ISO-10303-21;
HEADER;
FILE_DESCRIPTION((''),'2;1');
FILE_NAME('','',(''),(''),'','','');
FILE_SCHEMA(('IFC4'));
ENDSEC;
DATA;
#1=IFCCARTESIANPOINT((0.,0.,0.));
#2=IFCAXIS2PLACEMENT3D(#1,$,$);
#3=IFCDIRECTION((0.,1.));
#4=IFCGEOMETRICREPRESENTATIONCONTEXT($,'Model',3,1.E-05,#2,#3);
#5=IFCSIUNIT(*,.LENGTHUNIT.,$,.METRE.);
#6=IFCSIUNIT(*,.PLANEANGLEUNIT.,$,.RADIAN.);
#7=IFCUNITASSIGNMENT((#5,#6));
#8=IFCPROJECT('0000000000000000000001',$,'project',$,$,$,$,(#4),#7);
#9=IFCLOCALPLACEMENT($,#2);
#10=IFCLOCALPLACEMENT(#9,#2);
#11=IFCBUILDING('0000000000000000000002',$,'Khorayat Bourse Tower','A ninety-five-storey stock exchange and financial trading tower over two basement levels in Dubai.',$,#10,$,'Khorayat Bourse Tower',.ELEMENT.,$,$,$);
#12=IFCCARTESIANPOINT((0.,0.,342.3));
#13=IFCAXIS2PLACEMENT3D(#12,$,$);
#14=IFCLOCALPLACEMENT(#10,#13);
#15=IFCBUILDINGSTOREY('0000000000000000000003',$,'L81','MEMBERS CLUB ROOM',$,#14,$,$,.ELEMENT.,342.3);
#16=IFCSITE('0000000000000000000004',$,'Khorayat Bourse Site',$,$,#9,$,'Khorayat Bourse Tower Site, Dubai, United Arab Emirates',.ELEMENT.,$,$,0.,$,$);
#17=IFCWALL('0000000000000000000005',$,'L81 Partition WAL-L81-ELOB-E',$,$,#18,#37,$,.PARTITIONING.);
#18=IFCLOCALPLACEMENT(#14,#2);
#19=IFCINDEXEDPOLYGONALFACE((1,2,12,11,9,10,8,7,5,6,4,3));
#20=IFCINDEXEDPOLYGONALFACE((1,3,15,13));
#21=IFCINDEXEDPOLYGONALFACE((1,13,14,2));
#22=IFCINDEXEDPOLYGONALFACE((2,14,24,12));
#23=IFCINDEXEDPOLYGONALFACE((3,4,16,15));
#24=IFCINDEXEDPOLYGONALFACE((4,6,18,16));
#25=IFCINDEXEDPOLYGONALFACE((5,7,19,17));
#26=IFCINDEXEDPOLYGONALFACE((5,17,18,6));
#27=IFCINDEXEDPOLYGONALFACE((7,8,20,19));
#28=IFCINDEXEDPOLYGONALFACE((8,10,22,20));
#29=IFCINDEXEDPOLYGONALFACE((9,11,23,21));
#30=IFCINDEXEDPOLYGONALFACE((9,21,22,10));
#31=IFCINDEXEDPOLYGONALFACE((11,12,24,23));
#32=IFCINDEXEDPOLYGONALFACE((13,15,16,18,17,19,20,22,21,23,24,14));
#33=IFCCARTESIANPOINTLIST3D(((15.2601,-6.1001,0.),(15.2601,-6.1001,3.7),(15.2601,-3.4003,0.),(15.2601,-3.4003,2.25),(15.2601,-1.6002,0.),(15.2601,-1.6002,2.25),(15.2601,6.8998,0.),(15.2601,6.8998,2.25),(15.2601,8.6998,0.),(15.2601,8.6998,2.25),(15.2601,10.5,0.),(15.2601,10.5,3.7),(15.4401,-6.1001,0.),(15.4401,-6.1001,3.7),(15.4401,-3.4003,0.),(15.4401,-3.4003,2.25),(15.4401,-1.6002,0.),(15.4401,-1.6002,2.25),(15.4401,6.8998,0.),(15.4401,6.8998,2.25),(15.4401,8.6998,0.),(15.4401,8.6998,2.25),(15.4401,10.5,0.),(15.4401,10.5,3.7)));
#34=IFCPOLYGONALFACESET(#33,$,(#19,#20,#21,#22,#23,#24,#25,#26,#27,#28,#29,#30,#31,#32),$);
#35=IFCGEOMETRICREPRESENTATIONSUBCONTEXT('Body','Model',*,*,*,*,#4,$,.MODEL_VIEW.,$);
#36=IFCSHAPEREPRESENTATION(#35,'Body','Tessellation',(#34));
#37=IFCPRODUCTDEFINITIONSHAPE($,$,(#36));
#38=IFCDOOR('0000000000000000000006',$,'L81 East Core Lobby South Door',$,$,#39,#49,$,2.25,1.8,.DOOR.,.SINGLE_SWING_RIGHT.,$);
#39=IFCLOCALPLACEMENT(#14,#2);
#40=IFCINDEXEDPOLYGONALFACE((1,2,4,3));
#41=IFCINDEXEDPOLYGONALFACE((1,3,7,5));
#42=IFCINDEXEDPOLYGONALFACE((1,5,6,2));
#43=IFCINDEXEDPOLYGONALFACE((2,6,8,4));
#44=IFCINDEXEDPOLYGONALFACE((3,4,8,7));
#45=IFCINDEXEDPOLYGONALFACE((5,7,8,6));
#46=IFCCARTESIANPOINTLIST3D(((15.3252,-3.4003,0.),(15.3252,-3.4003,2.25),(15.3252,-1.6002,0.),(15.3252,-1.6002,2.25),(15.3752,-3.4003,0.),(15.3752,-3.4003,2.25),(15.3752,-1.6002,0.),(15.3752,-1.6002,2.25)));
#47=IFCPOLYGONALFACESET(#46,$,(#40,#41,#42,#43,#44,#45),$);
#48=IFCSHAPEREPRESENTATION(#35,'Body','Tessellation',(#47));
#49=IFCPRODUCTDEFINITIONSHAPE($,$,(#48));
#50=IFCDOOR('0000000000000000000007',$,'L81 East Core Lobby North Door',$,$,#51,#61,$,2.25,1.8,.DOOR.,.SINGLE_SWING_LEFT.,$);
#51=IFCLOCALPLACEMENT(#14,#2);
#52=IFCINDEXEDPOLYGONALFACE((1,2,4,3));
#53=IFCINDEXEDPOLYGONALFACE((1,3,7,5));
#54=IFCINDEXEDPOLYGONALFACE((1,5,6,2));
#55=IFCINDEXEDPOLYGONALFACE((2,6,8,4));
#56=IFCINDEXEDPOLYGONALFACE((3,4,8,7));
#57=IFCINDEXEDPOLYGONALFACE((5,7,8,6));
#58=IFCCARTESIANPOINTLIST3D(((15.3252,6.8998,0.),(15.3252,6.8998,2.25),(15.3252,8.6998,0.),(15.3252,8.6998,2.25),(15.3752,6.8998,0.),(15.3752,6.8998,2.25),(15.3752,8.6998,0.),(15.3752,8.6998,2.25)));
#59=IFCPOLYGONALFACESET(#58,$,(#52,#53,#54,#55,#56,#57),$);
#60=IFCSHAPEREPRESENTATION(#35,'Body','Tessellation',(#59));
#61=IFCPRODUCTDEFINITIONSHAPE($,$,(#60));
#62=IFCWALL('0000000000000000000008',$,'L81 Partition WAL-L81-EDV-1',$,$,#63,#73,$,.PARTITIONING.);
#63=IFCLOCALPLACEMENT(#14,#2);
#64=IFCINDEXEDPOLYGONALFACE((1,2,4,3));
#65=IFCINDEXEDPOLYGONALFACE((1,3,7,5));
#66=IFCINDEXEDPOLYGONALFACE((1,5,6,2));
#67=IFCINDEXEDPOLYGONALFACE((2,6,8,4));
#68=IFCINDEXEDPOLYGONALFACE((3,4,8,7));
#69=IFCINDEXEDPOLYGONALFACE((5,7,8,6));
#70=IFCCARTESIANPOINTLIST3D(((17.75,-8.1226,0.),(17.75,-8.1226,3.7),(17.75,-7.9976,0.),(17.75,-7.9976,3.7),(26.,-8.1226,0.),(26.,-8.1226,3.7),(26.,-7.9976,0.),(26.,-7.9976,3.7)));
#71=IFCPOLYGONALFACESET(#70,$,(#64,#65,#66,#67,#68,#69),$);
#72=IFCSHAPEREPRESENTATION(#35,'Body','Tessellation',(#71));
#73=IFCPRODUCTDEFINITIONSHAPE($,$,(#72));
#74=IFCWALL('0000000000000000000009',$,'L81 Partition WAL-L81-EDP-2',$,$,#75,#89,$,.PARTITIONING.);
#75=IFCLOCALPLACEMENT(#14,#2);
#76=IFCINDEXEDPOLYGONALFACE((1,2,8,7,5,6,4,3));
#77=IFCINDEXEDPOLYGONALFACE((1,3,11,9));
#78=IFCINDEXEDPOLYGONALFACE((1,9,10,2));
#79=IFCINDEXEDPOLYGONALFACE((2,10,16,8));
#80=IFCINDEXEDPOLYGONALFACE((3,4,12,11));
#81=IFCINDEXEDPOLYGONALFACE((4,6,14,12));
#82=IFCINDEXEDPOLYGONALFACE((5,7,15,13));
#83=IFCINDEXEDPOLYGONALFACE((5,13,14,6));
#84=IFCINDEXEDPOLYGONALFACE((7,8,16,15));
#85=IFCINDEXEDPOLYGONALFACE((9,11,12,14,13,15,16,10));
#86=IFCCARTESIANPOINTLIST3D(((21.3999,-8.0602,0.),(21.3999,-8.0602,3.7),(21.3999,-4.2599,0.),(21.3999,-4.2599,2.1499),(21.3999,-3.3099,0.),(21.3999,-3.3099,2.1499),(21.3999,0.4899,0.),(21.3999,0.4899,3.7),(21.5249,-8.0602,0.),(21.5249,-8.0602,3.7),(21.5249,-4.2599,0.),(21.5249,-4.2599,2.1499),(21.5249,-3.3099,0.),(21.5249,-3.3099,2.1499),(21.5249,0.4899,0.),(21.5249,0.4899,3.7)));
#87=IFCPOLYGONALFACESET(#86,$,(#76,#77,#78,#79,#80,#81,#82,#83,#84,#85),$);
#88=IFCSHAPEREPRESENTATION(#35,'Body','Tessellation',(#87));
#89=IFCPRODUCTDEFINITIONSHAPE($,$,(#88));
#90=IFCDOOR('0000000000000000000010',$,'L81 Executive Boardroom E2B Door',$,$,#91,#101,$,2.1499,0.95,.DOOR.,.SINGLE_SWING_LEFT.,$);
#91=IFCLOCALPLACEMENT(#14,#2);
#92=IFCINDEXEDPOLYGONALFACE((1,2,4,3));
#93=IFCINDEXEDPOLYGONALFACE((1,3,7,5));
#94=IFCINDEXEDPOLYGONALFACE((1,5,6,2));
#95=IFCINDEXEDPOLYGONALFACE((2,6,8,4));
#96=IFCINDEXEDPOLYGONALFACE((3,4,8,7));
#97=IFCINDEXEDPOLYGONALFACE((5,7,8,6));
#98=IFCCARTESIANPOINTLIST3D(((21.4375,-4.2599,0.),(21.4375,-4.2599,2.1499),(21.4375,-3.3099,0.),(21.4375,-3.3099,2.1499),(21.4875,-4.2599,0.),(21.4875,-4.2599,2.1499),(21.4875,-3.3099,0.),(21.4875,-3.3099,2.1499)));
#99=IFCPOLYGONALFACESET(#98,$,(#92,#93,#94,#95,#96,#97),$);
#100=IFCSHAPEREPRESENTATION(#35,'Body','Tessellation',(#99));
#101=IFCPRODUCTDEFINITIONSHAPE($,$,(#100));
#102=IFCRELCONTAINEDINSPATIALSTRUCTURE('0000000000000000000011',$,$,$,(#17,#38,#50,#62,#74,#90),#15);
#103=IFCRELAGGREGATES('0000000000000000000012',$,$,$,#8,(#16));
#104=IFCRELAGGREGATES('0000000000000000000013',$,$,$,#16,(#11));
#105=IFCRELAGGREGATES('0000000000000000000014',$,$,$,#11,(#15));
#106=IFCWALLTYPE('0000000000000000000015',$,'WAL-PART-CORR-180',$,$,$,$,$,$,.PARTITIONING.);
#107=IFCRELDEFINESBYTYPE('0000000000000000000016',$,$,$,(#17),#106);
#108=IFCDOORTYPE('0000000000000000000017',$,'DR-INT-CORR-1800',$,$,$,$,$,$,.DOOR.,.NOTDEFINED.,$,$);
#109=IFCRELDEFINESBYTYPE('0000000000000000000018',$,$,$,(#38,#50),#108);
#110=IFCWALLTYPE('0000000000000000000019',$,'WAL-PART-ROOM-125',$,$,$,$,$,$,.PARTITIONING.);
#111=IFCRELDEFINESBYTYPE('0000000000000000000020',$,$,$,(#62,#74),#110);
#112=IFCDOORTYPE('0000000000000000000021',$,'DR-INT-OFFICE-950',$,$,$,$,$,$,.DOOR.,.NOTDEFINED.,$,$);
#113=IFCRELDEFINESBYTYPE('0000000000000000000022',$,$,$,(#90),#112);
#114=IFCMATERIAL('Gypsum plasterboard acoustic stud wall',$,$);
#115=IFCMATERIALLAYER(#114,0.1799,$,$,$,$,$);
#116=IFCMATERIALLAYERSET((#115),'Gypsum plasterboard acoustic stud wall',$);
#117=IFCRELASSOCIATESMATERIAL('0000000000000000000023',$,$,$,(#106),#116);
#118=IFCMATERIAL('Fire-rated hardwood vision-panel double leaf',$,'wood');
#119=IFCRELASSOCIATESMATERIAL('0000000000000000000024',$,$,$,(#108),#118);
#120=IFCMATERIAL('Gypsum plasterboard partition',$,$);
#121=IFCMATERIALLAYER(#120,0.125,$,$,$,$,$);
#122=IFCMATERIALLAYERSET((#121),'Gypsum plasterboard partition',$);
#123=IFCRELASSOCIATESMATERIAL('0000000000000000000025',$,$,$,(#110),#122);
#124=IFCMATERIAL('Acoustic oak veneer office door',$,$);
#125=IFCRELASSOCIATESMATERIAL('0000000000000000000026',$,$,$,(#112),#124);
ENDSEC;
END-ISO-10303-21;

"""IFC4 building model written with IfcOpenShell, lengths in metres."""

from ifc_helpers import new_model, si_unit, direction, frame, frame_2d, origin, place, context, subcontext, project, spatial, rectangle, extrude, source, transform, mapped, material, layer, layer_set, type_object, element, fill, save


model = new_model("IFC4")

# Units and contexts
model_context = context("Model", 3, precision=1e-05, world=origin(), true_north=direction((0.0, 1.0)))
body_context = subcontext(model_context, "Body", "Model", "MODEL_VIEW")
ifc_project = project(units=[si_unit("LENGTHUNIT", "METRE"), si_unit("PLANEANGLEUNIT", "RADIAN")], contexts=[model_context])

# Site, building, storey
site_placement = place(None, origin())
site = spatial("IfcSite", under=ifc_project, at=site_placement, Name="Khorayat Bourse Site", LongName="Khorayat Bourse Tower Site, Dubai, United Arab Emirates", CompositionType="ELEMENT", RefElevation=0.0)
building_placement = place(site_placement, origin())
building = spatial("IfcBuilding", under=site, at=building_placement, Name="Khorayat Bourse Tower", Description="A ninety-five-storey stock exchange and financial trading tower over two basement levels in Dubai.", LongName="Khorayat Bourse Tower", CompositionType="ELEMENT")
storey_placement = place(building_placement, frame((0.0, 0.0, 342.3)))
storey = spatial("IfcBuildingStorey", under=building, at=storey_placement, Name="L81", Description="MEMBERS CLUB ROOM", CompositionType="ELEMENT", Elevation=342.3)

# Wall, openings, doors
ifc_material_1 = material(Name="Gypsum plasterboard acoustic stud wall")
ifc_layer_1 = layer(ifc_material_1, 0.1799)
ifc_layer_set_1 = layer_set([ifc_layer_1], Name="Gypsum plasterboard acoustic stud wall")
wall_type_1 = type_object("IfcWallType", Name="WAL-PART-CORR-180", PredefinedType="PARTITIONING", material=ifc_layer_set_1)
shared_shape_1 = source(origin(), body_context, "Body", "SweptSolid", [
    extrude(rectangle(XDim=16.6001, YDim=0.1799, at=frame_2d((8.3, 0.0))), origin(), (0.0, 0.0, 1.0), 3.7),
])
wall_1_placement = place(storey_placement, frame((15.3501, -6.1001, 0.0), z_axis=(0.0, 0.0, 1.0), x_axis=(0.0, 1.0, 0.0)))
wall_1 = element("IfcWall", 1, at=wall_1_placement, inside=storey, type_object=wall_type_1, Name="L81 Partition WAL-L81-ELOB-E", PredefinedType="PARTITIONING", context=body_context, shape_type="MappedRepresentation", body=[
    mapped(shared_shape_1, transform((0.0, 0.0, 0.0), scale=1.0)),
])
shared_shape_2 = source(origin(), body_context, "Body", "SweptSolid", [
    extrude(rectangle(XDim=1.8, YDim=2.25, at=frame_2d((0.8999, 1.125))), frame((0.0, 0.0999, 0.0), z_axis=(0.0, -1.0, 0.0), x_axis=(1.0, 0.0, 0.0)), (0.0, 0.0, 1.0), 0.2),
])
opening_1_placement = place(wall_1_placement, frame((2.7, 0.0, 0.0)))
opening_1 = element("IfcOpeningElement", 2, at=opening_1_placement, cuts=wall_1, PredefinedType="OPENING", context=body_context, shape_type="MappedRepresentation", body=[
    mapped(shared_shape_2, transform((0.0, 0.0, 0.0), scale=1.0)),
])
opening_2_placement = place(wall_1_placement, frame((13.0, 0.0, 0.0)))
opening_2 = element("IfcOpeningElement", 3, at=opening_2_placement, cuts=wall_1, PredefinedType="OPENING", context=body_context, shape_type="MappedRepresentation", body=[
    mapped(shared_shape_2, transform((0.0, 0.0, 0.0), scale=1.0)),
])
ifc_material_2 = material(Name="Fire-rated hardwood vision-panel double leaf", Category="wood")
door_type_1 = type_object("IfcDoorType", Name="DR-INT-CORR-1800", OperationType="NOTDEFINED", PredefinedType="DOOR", material=ifc_material_2)
shared_shape_3 = source(origin(), body_context, "Body", "SweptSolid", [
    extrude(rectangle(XDim=1.8, YDim=2.25, at=frame_2d((0.8999, 1.125))), frame((0.0, 0.0249, 0.0), z_axis=(0.0, -1.0, 0.0), x_axis=(1.0, 0.0, 0.0)), (0.0, 0.0, 1.0), 0.05),
])
door_1_placement = place(opening_1_placement, origin())
door_1 = element("IfcDoor", 4, at=door_1_placement, inside=storey, type_object=door_type_1, Name="L81 East Core Lobby South Door", OperationType="SINGLE_SWING_RIGHT", OverallHeight=2.25, OverallWidth=1.8, PredefinedType="DOOR", context=body_context, shape_type="MappedRepresentation", body=[
    mapped(shared_shape_3, transform((0.0, 0.0, 0.0), scale=1.0)),
])
fill(opening_1, door_1)
door_2_placement = place(opening_2_placement, origin())
door_2 = element("IfcDoor", 5, at=door_2_placement, inside=storey, type_object=door_type_1, Name="L81 East Core Lobby North Door", OperationType="SINGLE_SWING_LEFT", OverallHeight=2.25, OverallWidth=1.8, PredefinedType="DOOR", context=body_context, shape_type="MappedRepresentation", body=[
    mapped(shared_shape_3, transform((0.0, 0.0, 0.0), scale=1.0)),
])
fill(opening_2, door_2)

# Wall
ifc_material_3 = material(Name="Gypsum plasterboard partition")
ifc_layer_2 = layer(ifc_material_3, 0.125)
ifc_layer_set_2 = layer_set([ifc_layer_2], Name="Gypsum plasterboard partition")
wall_type_2 = type_object("IfcWallType", Name="WAL-PART-ROOM-125", PredefinedType="PARTITIONING", material=ifc_layer_set_2)
shared_shape_4 = source(origin(), body_context, "Body", "SweptSolid", [
    extrude(rectangle(XDim=8.25, YDim=0.125, at=frame_2d((4.125, 0.0))), origin(), (0.0, 0.0, 1.0), 3.7),
])
wall_2_placement = place(storey_placement, frame((17.75, -8.0601, 0.0), z_axis=(0.0, 0.0, 1.0), x_axis=(1.0, 0.0, 0.0)))
element("IfcWall", 6, at=wall_2_placement, inside=storey, type_object=wall_type_2, Name="L81 Partition WAL-L81-EDV-1", PredefinedType="PARTITIONING", context=body_context, shape_type="MappedRepresentation", body=[
    mapped(shared_shape_4, transform((0.0, 0.0, 0.0), scale=1.0)),
])

# Wall, opening, door
shared_shape_5 = source(origin(), body_context, "Body", "SweptSolid", [
    extrude(rectangle(XDim=8.55, YDim=0.125, at=frame_2d((4.2749, 0.0))), origin(), (0.0, 0.0, 1.0), 3.7),
])
wall_3_placement = place(storey_placement, frame((21.4624, -8.0601, 0.0), z_axis=(0.0, 0.0, 1.0), x_axis=(0.0, 1.0, 0.0)))
wall_3 = element("IfcWall", 7, at=wall_3_placement, inside=storey, type_object=wall_type_2, Name="L81 Partition WAL-L81-EDP-2", PredefinedType="PARTITIONING", context=body_context, shape_type="MappedRepresentation", body=[
    mapped(shared_shape_5, transform((0.0, 0.0, 0.0), scale=1.0)),
])
shared_shape_6 = source(origin(), body_context, "Body", "SweptSolid", [
    extrude(rectangle(XDim=0.95, YDim=2.1499, at=frame_2d((0.4751, 1.075))), frame((0.0, 0.0725, 0.0), z_axis=(0.0, -1.0, 0.0), x_axis=(1.0, 0.0, 0.0)), (0.0, 0.0, 1.0), 0.145),
])
opening_3_placement = place(wall_3_placement, frame((3.8, 0.0, 0.0)))
opening_3 = element("IfcOpeningElement", 8, at=opening_3_placement, cuts=wall_3, PredefinedType="OPENING", context=body_context, shape_type="MappedRepresentation", body=[
    mapped(shared_shape_6, transform((0.0, 0.0, 0.0), scale=1.0)),
])
ifc_material_4 = material(Name="Acoustic oak veneer office door")
door_type_2 = type_object("IfcDoorType", Name="DR-INT-OFFICE-950", OperationType="NOTDEFINED", PredefinedType="DOOR", material=ifc_material_4)
shared_shape_7 = source(origin(), body_context, "Body", "SweptSolid", [
    extrude(rectangle(XDim=0.95, YDim=2.1499, at=frame_2d((0.4751, 1.075))), frame((0.0, 0.0249, 0.0), z_axis=(0.0, -1.0, 0.0), x_axis=(1.0, 0.0, 0.0)), (0.0, 0.0, 1.0), 0.05),
])
door_3_placement = place(opening_3_placement, origin())
door_3 = element("IfcDoor", 9, at=door_3_placement, inside=storey, type_object=door_type_2, Name="L81 Executive Boardroom E2B Door", OperationType="SINGLE_SWING_LEFT", OverallHeight=2.1499, OverallWidth=0.95, PredefinedType="DOOR", context=body_context, shape_type="MappedRepresentation", body=[
    mapped(shared_shape_7, transform((0.0, 0.0, 0.0), scale=1.0)),
])
fill(opening_3, door_3)

save(model, "model.ifc")
